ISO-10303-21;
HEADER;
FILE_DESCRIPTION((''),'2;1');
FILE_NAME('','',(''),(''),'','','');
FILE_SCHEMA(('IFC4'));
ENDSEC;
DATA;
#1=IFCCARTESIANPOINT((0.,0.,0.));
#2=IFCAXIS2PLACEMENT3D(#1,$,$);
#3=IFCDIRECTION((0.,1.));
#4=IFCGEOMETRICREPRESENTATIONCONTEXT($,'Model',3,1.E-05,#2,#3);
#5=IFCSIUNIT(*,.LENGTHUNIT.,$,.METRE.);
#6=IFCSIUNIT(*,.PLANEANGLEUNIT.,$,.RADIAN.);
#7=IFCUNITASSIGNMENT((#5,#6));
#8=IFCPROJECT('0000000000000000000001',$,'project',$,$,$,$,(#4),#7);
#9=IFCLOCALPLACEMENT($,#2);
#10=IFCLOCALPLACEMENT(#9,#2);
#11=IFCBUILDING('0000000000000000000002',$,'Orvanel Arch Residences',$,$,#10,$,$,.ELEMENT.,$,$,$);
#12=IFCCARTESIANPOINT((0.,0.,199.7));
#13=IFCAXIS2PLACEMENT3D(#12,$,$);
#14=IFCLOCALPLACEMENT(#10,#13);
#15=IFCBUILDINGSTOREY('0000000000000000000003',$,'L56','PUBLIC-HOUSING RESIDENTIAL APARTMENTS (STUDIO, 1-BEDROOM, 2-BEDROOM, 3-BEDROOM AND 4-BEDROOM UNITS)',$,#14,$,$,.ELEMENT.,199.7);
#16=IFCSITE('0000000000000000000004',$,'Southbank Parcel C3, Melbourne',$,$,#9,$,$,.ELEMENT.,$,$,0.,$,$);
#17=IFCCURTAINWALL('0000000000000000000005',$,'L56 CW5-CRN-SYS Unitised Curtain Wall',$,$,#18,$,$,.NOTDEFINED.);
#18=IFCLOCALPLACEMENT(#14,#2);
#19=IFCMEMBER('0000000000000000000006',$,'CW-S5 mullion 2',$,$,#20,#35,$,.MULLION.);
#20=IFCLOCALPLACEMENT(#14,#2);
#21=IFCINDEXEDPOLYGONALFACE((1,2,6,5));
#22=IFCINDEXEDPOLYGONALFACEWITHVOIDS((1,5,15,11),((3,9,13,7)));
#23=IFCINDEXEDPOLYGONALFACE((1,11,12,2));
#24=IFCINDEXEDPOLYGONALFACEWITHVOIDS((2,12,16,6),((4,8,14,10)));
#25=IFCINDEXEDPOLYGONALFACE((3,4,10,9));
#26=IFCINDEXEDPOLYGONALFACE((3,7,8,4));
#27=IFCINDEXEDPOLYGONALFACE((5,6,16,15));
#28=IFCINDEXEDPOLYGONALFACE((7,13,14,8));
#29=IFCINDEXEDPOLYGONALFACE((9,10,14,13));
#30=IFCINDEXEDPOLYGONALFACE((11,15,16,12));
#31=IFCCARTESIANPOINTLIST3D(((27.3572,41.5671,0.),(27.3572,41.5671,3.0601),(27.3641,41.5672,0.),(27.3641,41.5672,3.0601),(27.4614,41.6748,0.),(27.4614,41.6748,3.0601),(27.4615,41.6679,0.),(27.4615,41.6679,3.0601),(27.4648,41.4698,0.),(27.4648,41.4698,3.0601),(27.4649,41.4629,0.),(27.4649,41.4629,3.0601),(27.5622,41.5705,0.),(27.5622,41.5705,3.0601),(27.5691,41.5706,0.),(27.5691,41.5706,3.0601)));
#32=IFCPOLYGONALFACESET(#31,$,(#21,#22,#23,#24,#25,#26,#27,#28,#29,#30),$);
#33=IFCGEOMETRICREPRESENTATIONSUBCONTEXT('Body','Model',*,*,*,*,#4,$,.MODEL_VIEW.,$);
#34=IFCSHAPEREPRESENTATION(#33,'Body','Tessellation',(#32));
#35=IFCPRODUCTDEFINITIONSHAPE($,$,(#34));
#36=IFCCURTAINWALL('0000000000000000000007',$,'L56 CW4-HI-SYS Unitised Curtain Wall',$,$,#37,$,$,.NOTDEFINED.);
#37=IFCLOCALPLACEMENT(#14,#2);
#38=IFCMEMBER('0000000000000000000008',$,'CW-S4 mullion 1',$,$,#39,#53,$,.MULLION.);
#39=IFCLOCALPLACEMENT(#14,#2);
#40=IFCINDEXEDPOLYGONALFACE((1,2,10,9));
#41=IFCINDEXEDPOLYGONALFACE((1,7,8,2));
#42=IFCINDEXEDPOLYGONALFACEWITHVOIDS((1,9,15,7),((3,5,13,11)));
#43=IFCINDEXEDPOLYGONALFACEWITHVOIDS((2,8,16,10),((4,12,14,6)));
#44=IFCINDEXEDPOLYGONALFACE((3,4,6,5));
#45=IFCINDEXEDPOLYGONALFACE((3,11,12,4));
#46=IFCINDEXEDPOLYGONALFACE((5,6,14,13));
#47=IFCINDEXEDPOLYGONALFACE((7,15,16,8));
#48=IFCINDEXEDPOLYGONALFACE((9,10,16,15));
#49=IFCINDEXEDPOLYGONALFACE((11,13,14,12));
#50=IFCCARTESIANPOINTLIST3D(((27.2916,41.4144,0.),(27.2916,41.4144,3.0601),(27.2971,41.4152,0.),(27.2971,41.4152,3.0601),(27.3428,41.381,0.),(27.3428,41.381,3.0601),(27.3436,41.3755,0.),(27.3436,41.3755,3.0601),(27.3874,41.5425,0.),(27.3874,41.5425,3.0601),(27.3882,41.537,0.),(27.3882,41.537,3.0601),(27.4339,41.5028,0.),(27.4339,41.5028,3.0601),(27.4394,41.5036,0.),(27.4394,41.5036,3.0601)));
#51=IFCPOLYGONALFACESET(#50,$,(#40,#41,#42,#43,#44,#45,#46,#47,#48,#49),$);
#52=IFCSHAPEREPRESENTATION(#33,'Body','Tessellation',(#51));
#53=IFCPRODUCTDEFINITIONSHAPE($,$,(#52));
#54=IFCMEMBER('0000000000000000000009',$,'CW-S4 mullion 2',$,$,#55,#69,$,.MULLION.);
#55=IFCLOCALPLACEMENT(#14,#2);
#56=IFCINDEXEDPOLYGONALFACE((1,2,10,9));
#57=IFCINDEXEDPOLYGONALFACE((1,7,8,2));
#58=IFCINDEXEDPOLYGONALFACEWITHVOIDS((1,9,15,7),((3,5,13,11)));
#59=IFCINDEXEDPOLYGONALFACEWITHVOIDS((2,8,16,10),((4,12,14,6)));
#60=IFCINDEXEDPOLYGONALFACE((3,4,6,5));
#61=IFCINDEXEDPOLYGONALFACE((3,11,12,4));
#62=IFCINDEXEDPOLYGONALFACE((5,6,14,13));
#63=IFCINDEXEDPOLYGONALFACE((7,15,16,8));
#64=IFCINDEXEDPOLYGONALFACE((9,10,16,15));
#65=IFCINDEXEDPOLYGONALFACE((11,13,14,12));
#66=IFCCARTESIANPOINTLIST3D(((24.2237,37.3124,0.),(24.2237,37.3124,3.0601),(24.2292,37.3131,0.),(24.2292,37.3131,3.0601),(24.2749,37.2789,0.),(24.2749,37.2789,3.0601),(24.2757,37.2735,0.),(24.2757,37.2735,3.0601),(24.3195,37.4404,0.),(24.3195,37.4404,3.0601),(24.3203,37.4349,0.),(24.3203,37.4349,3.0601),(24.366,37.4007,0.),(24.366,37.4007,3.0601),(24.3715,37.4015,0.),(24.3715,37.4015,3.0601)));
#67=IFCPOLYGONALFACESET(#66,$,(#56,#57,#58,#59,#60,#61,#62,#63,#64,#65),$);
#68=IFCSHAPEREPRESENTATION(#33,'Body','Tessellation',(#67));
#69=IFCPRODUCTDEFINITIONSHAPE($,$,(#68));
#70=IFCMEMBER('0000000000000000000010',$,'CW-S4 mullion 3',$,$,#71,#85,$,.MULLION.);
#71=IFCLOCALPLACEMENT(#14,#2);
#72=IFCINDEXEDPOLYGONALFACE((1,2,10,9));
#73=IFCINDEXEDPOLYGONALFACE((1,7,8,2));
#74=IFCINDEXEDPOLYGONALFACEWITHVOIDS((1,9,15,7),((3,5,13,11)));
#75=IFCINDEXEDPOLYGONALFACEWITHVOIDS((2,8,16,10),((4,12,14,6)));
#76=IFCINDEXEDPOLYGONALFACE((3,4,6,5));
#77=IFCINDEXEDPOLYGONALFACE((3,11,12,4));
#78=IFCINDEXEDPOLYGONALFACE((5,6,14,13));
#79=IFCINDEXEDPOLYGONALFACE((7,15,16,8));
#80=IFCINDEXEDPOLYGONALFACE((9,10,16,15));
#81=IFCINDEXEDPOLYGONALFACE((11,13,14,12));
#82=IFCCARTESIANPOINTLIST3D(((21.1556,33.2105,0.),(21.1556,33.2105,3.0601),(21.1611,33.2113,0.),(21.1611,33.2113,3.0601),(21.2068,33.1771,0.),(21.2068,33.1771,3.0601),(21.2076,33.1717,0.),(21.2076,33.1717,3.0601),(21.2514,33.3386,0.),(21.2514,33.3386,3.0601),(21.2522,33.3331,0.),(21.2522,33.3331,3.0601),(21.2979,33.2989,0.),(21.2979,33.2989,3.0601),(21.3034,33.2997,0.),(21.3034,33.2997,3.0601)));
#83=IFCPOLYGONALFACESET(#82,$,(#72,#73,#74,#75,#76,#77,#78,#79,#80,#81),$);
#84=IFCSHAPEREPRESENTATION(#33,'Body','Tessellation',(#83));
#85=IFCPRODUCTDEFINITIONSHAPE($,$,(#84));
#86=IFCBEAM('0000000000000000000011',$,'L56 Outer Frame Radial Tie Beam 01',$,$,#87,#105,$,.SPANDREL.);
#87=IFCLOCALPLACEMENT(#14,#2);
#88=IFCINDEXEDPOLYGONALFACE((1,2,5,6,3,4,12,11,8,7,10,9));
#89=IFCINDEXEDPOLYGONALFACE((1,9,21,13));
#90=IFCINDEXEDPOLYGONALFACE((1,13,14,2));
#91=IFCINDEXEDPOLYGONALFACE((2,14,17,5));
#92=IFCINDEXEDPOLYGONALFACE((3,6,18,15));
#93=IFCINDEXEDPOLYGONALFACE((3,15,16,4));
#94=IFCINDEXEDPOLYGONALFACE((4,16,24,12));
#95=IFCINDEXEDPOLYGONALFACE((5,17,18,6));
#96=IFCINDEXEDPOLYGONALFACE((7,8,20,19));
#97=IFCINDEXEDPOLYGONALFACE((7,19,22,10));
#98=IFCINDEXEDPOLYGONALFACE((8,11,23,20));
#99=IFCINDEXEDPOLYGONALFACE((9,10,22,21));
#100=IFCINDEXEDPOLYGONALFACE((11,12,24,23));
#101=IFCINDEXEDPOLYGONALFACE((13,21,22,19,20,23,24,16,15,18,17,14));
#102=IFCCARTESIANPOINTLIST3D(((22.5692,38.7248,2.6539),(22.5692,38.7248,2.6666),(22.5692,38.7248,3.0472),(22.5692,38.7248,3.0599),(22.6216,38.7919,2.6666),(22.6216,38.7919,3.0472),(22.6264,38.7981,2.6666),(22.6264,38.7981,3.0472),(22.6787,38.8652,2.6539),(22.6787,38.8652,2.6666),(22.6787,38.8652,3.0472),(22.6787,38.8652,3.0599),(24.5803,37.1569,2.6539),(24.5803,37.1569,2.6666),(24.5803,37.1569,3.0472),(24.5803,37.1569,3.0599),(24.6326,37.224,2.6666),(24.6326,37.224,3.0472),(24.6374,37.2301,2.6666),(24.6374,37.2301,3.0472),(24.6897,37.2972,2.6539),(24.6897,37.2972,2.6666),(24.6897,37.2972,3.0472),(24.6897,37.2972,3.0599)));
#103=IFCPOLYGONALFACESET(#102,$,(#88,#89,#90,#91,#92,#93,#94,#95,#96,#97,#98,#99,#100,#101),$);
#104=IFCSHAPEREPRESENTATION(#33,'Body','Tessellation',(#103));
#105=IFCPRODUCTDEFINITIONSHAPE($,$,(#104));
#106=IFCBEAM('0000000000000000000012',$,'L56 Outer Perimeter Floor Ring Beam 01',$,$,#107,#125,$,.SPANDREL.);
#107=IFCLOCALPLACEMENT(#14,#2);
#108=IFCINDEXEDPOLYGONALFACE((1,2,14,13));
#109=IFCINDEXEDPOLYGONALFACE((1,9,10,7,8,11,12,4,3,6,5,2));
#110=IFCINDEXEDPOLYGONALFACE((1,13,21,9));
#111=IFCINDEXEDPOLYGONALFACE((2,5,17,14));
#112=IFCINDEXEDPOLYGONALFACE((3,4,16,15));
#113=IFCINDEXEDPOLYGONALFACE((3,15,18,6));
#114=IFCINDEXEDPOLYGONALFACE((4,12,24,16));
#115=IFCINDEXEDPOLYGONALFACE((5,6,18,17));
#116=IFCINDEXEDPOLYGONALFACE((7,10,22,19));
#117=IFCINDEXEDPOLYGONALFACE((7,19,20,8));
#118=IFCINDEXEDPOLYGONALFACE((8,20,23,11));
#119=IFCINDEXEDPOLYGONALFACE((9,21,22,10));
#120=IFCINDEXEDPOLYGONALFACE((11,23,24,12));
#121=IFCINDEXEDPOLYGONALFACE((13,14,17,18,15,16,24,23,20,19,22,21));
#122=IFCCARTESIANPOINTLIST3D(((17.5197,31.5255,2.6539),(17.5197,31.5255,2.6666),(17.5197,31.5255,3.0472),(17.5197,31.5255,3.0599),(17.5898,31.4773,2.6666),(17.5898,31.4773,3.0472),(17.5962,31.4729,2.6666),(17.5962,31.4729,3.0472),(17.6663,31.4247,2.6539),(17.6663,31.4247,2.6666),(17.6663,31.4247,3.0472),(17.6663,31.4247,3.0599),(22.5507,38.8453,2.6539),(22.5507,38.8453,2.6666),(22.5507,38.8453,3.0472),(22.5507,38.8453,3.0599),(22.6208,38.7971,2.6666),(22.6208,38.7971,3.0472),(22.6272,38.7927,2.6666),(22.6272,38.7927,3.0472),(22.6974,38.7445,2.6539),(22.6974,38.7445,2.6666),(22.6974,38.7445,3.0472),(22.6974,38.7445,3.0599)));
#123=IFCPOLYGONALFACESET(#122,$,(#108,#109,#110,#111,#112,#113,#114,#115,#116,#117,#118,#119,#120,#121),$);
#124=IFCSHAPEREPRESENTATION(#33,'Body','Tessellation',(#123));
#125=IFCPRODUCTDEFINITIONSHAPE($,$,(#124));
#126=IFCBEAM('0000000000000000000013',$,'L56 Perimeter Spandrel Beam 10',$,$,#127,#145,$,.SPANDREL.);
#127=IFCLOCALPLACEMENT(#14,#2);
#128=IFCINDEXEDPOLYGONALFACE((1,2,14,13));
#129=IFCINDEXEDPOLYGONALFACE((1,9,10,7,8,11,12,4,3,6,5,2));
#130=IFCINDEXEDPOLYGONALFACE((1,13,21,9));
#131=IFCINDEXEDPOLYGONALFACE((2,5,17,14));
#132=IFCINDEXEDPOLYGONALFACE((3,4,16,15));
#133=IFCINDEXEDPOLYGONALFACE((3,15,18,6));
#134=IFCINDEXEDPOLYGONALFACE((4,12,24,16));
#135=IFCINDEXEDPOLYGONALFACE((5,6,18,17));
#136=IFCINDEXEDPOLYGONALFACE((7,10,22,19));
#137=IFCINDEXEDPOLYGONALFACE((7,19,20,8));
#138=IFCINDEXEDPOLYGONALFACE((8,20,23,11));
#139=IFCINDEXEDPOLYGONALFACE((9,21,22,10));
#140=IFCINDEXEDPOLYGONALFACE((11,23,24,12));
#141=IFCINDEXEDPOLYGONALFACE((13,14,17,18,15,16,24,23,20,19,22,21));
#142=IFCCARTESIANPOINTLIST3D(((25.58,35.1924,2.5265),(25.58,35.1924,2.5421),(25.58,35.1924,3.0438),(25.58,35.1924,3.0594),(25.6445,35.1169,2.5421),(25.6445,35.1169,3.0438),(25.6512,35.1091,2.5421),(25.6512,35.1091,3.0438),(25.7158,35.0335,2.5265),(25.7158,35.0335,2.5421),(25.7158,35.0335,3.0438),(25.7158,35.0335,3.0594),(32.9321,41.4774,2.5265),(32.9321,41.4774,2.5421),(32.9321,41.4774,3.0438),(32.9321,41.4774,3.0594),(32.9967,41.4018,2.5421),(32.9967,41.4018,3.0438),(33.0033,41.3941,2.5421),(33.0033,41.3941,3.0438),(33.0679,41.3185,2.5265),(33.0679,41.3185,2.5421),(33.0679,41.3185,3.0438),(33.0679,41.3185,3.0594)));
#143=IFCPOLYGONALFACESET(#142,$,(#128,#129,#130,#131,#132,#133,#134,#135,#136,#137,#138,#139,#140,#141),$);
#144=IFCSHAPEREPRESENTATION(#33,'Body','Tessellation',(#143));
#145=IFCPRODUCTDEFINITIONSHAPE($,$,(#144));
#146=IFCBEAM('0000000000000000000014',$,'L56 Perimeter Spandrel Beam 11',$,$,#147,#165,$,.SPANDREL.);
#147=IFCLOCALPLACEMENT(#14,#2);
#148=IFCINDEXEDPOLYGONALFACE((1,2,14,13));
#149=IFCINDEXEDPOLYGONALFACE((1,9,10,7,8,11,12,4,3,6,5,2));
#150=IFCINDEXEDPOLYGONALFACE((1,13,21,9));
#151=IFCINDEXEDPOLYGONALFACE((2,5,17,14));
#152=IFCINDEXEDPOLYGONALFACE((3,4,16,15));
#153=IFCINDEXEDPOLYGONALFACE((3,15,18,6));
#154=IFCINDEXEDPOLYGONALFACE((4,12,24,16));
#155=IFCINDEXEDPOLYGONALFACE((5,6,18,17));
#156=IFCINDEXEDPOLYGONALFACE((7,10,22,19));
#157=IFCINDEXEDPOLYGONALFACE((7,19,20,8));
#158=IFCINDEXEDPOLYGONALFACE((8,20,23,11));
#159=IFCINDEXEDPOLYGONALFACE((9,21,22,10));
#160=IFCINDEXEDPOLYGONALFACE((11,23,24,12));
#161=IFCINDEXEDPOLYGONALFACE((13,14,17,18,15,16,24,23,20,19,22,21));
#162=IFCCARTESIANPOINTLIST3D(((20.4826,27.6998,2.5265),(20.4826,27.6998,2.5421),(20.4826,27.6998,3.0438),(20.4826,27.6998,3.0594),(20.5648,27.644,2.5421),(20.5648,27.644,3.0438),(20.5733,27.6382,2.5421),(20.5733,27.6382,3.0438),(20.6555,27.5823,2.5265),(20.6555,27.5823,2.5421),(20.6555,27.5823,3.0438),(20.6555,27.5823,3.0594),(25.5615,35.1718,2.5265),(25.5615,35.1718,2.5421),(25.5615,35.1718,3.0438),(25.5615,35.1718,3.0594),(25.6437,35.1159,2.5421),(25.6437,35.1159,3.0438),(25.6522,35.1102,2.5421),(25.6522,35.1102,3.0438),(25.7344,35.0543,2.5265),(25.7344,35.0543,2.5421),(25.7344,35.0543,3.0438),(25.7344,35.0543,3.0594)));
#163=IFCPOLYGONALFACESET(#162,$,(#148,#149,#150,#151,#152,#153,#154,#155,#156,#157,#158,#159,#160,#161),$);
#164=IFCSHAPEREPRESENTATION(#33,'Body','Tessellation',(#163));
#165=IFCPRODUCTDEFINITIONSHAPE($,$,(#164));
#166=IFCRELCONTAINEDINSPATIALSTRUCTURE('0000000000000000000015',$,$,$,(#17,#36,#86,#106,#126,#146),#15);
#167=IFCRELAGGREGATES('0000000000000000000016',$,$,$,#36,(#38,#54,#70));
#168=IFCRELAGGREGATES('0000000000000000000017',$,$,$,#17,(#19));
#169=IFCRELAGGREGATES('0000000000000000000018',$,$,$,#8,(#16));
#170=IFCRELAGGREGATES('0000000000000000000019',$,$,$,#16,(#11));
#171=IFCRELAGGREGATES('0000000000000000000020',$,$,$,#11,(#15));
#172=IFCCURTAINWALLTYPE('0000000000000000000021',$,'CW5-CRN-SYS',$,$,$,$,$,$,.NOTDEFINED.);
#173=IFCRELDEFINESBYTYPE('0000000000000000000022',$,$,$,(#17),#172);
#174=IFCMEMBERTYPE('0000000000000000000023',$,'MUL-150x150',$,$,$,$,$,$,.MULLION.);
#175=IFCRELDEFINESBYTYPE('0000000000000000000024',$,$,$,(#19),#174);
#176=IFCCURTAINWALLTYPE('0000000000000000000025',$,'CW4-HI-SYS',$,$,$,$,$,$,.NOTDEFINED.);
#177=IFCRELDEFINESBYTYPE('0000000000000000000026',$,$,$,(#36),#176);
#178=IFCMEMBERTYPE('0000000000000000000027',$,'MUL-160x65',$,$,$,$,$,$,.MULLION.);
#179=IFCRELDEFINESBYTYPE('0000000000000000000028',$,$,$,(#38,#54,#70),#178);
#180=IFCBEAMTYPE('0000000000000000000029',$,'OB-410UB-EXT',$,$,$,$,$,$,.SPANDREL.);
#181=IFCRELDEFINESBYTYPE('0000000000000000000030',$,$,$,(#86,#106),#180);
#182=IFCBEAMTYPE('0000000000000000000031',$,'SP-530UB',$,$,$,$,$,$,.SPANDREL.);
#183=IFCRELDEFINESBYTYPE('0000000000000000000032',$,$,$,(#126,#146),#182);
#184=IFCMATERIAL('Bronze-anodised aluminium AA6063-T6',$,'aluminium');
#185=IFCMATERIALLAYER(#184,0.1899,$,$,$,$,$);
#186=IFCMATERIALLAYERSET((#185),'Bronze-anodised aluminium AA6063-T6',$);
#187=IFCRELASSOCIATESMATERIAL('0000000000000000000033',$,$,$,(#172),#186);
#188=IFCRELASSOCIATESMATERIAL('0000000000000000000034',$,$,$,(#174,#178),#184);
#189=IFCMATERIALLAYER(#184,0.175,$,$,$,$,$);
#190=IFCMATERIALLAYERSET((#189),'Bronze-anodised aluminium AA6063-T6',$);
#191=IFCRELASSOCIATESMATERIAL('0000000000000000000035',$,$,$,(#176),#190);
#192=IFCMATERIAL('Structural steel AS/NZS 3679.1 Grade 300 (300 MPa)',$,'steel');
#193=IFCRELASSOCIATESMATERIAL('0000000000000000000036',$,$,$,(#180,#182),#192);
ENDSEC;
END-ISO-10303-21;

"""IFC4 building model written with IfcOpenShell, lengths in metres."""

from ifc_helpers import new_model, si_unit, direction, frame, origin, origin_2d, place, context, subcontext, project, spatial, hollow_rectangle, i_section, extrude, material, layer, layer_set, material_profile, profile_set, type_object, element, aggregate, save


model = new_model("IFC4")

# Units and contexts
model_context = context("Model", 3, precision=1e-05, world=origin(), true_north=direction((0.0, 1.0)))
body_context = subcontext(model_context, "Body", "Model", "MODEL_VIEW")
ifc_project = project(units=[si_unit("LENGTHUNIT", "METRE"), si_unit("PLANEANGLEUNIT", "RADIAN")], contexts=[model_context])

# Site, building, storey
site_placement = place(None, origin())
site = spatial("IfcSite", under=ifc_project, at=site_placement, Name="Southbank Parcel C3, Melbourne", CompositionType="ELEMENT", RefElevation=0.0)
building_placement = place(site_placement, origin())
building = spatial("IfcBuilding", under=site, at=building_placement, Name="Orvanel Arch Residences", CompositionType="ELEMENT")
storey_placement = place(building_placement, frame((0.0, 0.0, 199.7)))
storey = spatial("IfcBuildingStorey", under=building, at=storey_placement, Name="L56", Description="PUBLIC-HOUSING RESIDENTIAL APARTMENTS (STUDIO, 1-BEDROOM, 2-BEDROOM, 3-BEDROOM AND 4-BEDROOM UNITS)", CompositionType="ELEMENT", Elevation=199.7)

# Shared definitions
ifc_material_1 = material(Name="Structural steel AS/NZS 3679.1 Grade 300 (300 MPa)", Category="steel")

# Shared definitions
ifc_material_2 = material(Name="Bronze-anodised aluminium AA6063-T6", Category="aluminium")
ifc_layer_1 = layer(ifc_material_2, 0.1899)
ifc_layer_set_1 = layer_set([ifc_layer_1], Name="Bronze-anodised aluminium AA6063-T6")
curtain_wall_type_1 = type_object("IfcCurtainWallType", Name="CW5-CRN-SYS", PredefinedType="NOTDEFINED", material=ifc_layer_set_1)
ifc_material_profile_1 = material_profile(ifc_material_2, hollow_rectangle(XDim=0.1499, YDim=0.1499, WallThickness=0.0049, at=origin_2d()), Name="ALU150x150x5")
ifc_profile_set_1 = profile_set([ifc_material_profile_1], Name="Bronze-anodised aluminium AA6063-T6")
member_type_1 = type_object("IfcMemberType", Name="MUL-150x150", PredefinedType="MULLION", material=ifc_profile_set_1)

# Curtain walls, members
curtain_wall_1_placement = place(storey_placement, origin())
curtain_wall_1 = element("IfcCurtainWall", 1, at=curtain_wall_1_placement, inside=storey, type_object=curtain_wall_type_1, Name="L56 CW5-CRN-SYS Unitised Curtain Wall", PredefinedType="NOTDEFINED")
member_1_placement = place(storey_placement, frame((27.4631, 41.5688, 0.0), z_axis=(0.0, 0.0, 1.0), x_axis=(0.718665, -0.695356, 0.0)))
member_1 = element("IfcMember", 2, at=member_1_placement, type_object=member_type_1, Name="CW-S5 mullion 2", PredefinedType="MULLION", context=body_context, shape_type="SweptSolid", body=[
    extrude(hollow_rectangle(XDim=0.1499, YDim=0.1499, WallThickness=0.0049, at=origin_2d()), origin(), (0.0, 0.0, 1.0), 3.0601),
])
ifc_layer_2 = layer(ifc_material_2, 0.175)
ifc_layer_set_2 = layer_set([ifc_layer_2], Name="Bronze-anodised aluminium AA6063-T6")
curtain_wall_type_2 = type_object("IfcCurtainWallType", Name="CW4-HI-SYS", PredefinedType="NOTDEFINED", material=ifc_layer_set_2)
curtain_wall_2_placement = place(storey_placement, origin())
curtain_wall_2 = element("IfcCurtainWall", 3, at=curtain_wall_2_placement, inside=storey, type_object=curtain_wall_type_2, Name="L56 CW4-HI-SYS Unitised Curtain Wall", PredefinedType="NOTDEFINED")
ifc_material_profile_2 = material_profile(ifc_material_2, hollow_rectangle(XDim=0.0649, YDim=0.1599, WallThickness=0.0039, at=origin_2d()), Name="ALU160x65x4")
ifc_profile_set_2 = profile_set([ifc_material_profile_2], Name="Bronze-anodised aluminium AA6063-T6")
member_type_2 = type_object("IfcMemberType", Name="MUL-160x65", PredefinedType="MULLION", material=ifc_profile_set_2)
member_2_placement = place(storey_placement, frame((27.3655, 41.459, 0.0), z_axis=(0.0, 0.0, 1.0), x_axis=(0.800791, -0.598944, 0.0)))
member_2 = element("IfcMember", 4, at=member_2_placement, type_object=member_type_2, Name="CW-S4 mullion 1", PredefinedType="MULLION", context=body_context, shape_type="SweptSolid", body=[
    extrude(hollow_rectangle(XDim=0.0649, YDim=0.1599, WallThickness=0.0039, at=origin_2d()), origin(), (0.0, 0.0, 1.0), 3.0601),
])
member_3_placement = place(storey_placement, frame((24.2976, 37.3569, 0.0), z_axis=(0.0, 0.0, 1.0), x_axis=(0.800791, -0.598944, 0.0)))
member_3 = element("IfcMember", 5, at=member_3_placement, type_object=member_type_2, Name="CW-S4 mullion 2", PredefinedType="MULLION", context=body_context, shape_type="SweptSolid", body=[
    extrude(hollow_rectangle(XDim=0.0649, YDim=0.1599, WallThickness=0.0039, at=origin_2d()), origin(), (0.0, 0.0, 1.0), 3.0601),
])
member_4_placement = place(storey_placement, frame((21.2295, 33.2551, 0.0), z_axis=(0.0, 0.0, 1.0), x_axis=(0.800791, -0.598944, 0.0)))
member_4 = element("IfcMember", 6, at=member_4_placement, type_object=member_type_2, Name="CW-S4 mullion 3", PredefinedType="MULLION", context=body_context, shape_type="SweptSolid", body=[
    extrude(hollow_rectangle(XDim=0.0649, YDim=0.1599, WallThickness=0.0039, at=origin_2d()), origin(), (0.0, 0.0, 1.0), 3.0601),
])

# Beams
ifc_material_profile_3 = material_profile(ifc_material_1, i_section(OverallWidth=0.178, OverallDepth=0.406, WebThickness=0.0078, FlangeThickness=0.0127, at=origin_2d()), Name="410UB59.7")
ifc_profile_set_3 = profile_set([ifc_material_profile_3], Name="Structural steel AS/NZS 3679.1 Grade 300 (300 MPa)")
beam_type_1 = type_object("IfcBeamType", Name="OB-410UB-EXT", PredefinedType="SPANDREL", material=ifc_profile_set_3)
beam_1_placement = place(storey_placement, frame((24.635, 37.2271, 2.8569), z_axis=(-0.788635, 0.614862, 0.0), x_axis=(-0.614862, -0.788635, 0.0)))
element("IfcBeam", 7, at=beam_1_placement, inside=storey, type_object=beam_type_1, Name="L56 Outer Frame Radial Tie Beam 01", PredefinedType="SPANDREL", context=body_context, shape_type="SweptSolid", body=[
    extrude(i_section(OverallWidth=0.178, OverallDepth=0.406, WebThickness=0.0078, FlangeThickness=0.0127, at=origin_2d()), origin(), (0.0, 0.0, 1.0), 2.55),
])
beam_2_placement = place(storey_placement, frame((22.624, 38.7949, 2.8569), z_axis=(-0.566424, -0.824114, 0.0), x_axis=(0.824114, -0.566424, 0.0)))
element("IfcBeam", 8, at=beam_2_placement, inside=storey, type_object=beam_type_1, Name="L56 Outer Perimeter Floor Ring Beam 01", PredefinedType="SPANDREL", context=body_context, shape_type="SweptSolid", body=[
    extrude(i_section(OverallWidth=0.178, OverallDepth=0.406, WebThickness=0.0078, FlangeThickness=0.0127, at=origin_2d()), origin(), (0.0, 0.0, 1.0), 8.8821),
])
ifc_material_profile_4 = material_profile(ifc_material_1, i_section(OverallWidth=0.209, OverallDepth=0.533, WebThickness=0.0103, FlangeThickness=0.0156, at=origin_2d()), Name="530UB92.4")
ifc_profile_set_4 = profile_set([ifc_material_profile_4], Name="Structural steel AS/NZS 3679.1 Grade 300 (300 MPa)")
beam_type_2 = type_object("IfcBeamType", Name="SP-530UB", PredefinedType="SPANDREL", material=ifc_profile_set_4)
beam_3_placement = place(storey_placement, frame((33.0, 41.3979, 2.793), z_axis=(-0.760117, -0.649787, 0.0), x_axis=(0.649787, -0.760117, 0.0)))
element("IfcBeam", 9, at=beam_3_placement, inside=storey, type_object=beam_type_2, Name="L56 Perimeter Spandrel Beam 10", PredefinedType="SPANDREL", context=body_context, shape_type="SweptSolid", body=[
    extrude(i_section(OverallWidth=0.209, OverallDepth=0.533, WebThickness=0.0103, FlangeThickness=0.0156, at=origin_2d()), origin(), (0.0, 0.0, 1.0), 9.6724),
])
beam_4_placement = place(storey_placement, frame((25.6479, 35.113, 2.793), z_axis=(-0.562155, -0.827032, 0.0), x_axis=(0.827032, -0.562155, 0.0)))
element("IfcBeam", 10, at=beam_4_placement, inside=storey, type_object=beam_type_2, Name="L56 Perimeter Spandrel Beam 11", PredefinedType="SPANDREL", context=body_context, shape_type="SweptSolid", body=[
    extrude(i_section(OverallWidth=0.209, OverallDepth=0.533, WebThickness=0.0103, FlangeThickness=0.0156, at=origin_2d()), origin(), (0.0, 0.0, 1.0), 9.0347),
])

aggregate(curtain_wall_2, [member_2, member_3, member_4])
aggregate(curtain_wall_1, [member_1])

save(model, "model.ifc")
